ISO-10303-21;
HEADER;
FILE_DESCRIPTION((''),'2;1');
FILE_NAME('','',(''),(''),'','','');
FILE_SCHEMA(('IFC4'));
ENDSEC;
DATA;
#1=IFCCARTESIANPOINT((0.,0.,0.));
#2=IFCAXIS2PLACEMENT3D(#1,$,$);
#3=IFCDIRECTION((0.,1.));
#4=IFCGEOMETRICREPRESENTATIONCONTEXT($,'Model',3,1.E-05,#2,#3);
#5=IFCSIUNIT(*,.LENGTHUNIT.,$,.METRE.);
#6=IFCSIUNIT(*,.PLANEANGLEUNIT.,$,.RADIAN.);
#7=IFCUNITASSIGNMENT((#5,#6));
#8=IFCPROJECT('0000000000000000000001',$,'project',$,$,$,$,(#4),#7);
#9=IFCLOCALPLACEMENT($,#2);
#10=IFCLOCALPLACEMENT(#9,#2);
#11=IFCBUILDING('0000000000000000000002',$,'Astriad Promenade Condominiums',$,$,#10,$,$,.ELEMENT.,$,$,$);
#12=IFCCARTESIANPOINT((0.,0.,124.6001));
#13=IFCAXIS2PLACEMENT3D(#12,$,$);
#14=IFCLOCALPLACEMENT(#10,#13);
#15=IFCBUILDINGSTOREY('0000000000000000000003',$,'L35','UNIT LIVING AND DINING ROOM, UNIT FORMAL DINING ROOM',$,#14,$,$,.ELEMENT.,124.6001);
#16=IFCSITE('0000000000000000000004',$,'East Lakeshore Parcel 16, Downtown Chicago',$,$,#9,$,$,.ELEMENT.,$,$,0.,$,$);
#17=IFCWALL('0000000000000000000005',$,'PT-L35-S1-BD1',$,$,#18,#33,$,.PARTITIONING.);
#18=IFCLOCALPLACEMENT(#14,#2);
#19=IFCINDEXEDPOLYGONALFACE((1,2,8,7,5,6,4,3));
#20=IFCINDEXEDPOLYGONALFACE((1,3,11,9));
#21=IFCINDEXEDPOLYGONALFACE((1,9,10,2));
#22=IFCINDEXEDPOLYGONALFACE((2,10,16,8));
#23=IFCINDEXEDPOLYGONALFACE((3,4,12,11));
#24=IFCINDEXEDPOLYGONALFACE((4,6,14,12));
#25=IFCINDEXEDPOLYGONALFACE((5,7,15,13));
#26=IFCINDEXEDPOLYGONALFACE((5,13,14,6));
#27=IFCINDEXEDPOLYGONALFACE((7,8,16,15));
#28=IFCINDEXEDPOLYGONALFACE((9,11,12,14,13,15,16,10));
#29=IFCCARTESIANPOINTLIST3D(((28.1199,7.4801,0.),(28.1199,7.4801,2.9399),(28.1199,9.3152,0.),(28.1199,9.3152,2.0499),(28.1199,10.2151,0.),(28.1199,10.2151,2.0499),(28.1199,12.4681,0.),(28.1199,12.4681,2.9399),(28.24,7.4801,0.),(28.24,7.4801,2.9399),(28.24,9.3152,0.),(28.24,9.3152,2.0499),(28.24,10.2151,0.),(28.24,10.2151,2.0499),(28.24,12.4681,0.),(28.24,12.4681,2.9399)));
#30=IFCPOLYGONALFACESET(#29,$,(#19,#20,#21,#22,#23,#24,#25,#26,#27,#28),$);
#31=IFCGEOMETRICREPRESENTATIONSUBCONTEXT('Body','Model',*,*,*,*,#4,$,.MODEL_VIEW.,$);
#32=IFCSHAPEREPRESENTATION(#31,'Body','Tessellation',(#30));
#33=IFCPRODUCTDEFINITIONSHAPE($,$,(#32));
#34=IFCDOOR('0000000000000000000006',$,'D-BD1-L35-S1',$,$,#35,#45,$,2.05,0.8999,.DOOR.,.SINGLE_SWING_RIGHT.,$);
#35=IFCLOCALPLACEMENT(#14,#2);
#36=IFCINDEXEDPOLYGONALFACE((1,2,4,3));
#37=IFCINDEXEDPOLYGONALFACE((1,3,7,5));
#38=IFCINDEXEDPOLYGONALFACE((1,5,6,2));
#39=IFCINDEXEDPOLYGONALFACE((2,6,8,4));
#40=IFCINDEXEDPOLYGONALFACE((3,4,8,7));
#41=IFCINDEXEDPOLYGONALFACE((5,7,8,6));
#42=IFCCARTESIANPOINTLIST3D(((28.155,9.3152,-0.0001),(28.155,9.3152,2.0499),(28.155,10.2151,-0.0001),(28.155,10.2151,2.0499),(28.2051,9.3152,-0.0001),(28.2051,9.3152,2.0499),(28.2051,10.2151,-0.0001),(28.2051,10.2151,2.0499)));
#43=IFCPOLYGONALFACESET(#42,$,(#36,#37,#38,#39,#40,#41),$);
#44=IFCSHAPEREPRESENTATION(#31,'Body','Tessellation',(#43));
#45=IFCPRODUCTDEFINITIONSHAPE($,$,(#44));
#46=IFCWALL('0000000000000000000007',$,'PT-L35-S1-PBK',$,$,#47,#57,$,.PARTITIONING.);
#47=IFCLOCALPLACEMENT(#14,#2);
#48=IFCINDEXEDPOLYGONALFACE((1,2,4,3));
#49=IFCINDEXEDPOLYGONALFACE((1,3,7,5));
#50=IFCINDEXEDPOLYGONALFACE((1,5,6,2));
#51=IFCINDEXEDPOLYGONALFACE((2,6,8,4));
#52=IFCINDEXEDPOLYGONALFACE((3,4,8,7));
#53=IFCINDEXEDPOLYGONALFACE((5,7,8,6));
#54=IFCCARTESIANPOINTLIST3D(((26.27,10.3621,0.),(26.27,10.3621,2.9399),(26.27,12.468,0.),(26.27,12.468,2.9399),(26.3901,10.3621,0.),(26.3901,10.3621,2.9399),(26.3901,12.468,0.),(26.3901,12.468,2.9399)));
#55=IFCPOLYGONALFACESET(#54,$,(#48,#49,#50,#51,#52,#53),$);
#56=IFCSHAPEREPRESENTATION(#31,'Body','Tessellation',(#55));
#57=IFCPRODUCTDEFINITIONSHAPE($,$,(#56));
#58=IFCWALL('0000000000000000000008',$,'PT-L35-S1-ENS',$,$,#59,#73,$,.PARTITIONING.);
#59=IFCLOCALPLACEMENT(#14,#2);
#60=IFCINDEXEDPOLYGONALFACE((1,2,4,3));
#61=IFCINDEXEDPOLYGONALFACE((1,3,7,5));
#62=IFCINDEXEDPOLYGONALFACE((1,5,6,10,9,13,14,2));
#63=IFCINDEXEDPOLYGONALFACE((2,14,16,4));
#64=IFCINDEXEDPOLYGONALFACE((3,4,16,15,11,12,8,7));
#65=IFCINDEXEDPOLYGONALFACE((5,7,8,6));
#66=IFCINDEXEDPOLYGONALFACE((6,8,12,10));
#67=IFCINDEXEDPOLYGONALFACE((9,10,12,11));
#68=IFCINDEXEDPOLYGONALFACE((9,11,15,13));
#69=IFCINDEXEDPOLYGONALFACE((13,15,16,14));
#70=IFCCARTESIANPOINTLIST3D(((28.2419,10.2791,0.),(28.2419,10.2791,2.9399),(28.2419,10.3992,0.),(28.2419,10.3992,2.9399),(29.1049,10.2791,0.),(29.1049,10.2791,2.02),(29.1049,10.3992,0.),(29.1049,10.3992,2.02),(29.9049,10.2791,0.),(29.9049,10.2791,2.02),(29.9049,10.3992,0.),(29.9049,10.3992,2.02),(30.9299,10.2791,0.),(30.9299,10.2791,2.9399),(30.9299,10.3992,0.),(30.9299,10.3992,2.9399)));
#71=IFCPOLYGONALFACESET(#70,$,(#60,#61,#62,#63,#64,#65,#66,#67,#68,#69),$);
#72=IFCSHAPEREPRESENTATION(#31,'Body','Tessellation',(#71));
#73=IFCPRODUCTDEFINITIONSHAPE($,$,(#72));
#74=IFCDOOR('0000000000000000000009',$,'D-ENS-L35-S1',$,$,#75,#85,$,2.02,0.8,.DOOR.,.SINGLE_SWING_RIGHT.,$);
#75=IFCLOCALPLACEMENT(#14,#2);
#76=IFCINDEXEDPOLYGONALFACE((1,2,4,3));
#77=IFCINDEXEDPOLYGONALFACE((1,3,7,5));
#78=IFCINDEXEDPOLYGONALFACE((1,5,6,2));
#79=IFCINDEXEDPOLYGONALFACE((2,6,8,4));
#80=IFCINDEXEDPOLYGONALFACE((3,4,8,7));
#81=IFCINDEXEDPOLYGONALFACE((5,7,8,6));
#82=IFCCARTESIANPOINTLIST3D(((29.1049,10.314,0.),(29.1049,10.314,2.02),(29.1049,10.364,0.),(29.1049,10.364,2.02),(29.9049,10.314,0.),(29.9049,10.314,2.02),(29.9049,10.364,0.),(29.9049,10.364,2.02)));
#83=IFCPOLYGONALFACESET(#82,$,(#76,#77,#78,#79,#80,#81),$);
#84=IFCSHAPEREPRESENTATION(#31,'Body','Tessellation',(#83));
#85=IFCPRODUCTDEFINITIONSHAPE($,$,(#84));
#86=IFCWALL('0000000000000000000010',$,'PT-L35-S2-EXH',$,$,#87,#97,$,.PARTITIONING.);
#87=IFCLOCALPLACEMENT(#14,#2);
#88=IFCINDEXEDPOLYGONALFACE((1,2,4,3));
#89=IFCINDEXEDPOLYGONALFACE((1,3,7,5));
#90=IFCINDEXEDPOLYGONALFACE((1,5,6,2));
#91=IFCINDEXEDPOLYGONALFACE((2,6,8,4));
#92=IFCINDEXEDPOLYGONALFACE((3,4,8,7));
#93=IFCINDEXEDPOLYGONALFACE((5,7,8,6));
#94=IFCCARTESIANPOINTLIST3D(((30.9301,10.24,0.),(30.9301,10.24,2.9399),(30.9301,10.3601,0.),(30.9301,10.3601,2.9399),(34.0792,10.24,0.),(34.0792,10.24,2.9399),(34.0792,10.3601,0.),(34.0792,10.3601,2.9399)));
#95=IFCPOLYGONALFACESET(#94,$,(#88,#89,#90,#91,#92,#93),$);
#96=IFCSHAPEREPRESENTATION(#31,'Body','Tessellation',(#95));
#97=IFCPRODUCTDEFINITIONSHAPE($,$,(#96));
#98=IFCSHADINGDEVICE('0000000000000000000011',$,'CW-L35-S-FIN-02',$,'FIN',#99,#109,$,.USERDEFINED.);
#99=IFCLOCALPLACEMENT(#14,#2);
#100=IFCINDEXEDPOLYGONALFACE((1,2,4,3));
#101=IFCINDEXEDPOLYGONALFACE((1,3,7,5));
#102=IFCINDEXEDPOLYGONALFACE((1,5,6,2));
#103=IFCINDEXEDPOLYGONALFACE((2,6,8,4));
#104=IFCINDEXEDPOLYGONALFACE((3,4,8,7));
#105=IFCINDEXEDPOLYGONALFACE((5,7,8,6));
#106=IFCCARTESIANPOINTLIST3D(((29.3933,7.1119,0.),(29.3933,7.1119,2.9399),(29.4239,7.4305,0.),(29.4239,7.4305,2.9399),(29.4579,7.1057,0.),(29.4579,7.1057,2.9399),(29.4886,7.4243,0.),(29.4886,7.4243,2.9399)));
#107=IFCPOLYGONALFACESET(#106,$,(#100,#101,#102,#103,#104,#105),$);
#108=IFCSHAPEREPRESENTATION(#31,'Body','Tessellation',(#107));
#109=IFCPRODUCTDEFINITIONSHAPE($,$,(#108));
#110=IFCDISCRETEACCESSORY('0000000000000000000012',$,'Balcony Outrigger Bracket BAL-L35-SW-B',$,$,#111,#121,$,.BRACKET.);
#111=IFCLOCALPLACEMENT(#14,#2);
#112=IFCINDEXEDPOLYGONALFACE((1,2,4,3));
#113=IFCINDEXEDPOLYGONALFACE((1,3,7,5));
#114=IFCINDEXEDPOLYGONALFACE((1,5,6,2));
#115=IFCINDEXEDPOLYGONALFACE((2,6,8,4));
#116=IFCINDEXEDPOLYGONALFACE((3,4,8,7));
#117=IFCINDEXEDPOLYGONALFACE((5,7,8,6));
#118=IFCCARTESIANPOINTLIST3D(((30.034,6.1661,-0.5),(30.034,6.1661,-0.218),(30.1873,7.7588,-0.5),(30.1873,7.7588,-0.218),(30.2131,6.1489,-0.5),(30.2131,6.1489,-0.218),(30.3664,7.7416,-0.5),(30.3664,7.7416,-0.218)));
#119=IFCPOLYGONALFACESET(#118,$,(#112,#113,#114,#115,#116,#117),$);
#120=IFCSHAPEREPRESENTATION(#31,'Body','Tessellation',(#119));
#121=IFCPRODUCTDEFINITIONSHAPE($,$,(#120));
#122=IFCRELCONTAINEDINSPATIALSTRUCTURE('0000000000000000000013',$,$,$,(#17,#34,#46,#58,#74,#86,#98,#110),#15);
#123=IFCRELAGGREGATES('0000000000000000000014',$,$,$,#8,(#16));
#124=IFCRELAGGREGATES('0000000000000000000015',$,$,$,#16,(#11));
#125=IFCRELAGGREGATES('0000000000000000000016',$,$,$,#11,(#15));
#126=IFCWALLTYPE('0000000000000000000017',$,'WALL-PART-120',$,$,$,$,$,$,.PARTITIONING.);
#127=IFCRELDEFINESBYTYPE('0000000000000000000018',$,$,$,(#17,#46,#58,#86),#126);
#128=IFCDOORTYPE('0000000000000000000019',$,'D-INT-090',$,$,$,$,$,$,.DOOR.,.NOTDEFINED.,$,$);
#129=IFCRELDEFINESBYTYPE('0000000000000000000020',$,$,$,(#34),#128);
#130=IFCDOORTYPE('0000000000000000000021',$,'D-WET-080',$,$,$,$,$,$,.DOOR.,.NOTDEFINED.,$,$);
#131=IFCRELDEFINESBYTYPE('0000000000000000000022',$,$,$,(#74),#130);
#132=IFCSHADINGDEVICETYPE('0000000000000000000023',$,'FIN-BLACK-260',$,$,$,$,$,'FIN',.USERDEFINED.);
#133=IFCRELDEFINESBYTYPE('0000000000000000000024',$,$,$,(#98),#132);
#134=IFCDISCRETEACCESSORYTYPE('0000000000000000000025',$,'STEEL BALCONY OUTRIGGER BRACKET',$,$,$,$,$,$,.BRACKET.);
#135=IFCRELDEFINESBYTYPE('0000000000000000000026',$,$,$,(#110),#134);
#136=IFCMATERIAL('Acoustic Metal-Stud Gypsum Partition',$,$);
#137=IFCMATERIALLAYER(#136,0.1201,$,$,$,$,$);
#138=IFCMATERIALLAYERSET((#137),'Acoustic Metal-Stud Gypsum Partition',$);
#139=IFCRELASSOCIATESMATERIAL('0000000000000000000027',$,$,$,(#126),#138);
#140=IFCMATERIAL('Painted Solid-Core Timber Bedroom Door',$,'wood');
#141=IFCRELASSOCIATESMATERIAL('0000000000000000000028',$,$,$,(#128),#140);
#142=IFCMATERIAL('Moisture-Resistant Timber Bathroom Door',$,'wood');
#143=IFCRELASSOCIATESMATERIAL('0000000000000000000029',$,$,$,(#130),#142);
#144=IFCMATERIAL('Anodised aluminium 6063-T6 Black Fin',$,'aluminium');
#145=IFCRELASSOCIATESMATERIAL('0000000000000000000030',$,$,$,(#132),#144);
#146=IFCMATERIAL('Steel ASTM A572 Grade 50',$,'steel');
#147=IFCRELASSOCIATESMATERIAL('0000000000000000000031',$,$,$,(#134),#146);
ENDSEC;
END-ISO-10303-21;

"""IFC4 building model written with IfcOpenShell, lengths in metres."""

from ifc_helpers import new_model, si_unit, direction, frame, frame_2d, origin, origin_2d, place, context, subcontext, project, spatial, rectangle, extrude, source, transform, mapped, material, layer, layer_set, type_object, type_shapes, element, fill, save


model = new_model("IFC4")

# Units and contexts
model_context = context("Model", 3, precision=1e-05, world=origin(), true_north=direction((0.0, 1.0)))
body_context = subcontext(model_context, "Body", "Model", "MODEL_VIEW")
ifc_project = project(units=[si_unit("LENGTHUNIT", "METRE"), si_unit("PLANEANGLEUNIT", "RADIAN")], contexts=[model_context])

# Site, building, storey
site_placement = place(None, origin())
site = spatial("IfcSite", under=ifc_project, at=site_placement, Name="East Lakeshore Parcel 16, Downtown Chicago", CompositionType="ELEMENT", RefElevation=0.0)
building_placement = place(site_placement, origin())
building = spatial("IfcBuilding", under=site, at=building_placement, Name="Astriad Promenade Condominiums", CompositionType="ELEMENT")
storey_placement = place(building_placement, frame((0.0, 0.0, 124.6001)))
storey = spatial("IfcBuildingStorey", under=building, at=storey_placement, Name="L35", Description="UNIT LIVING AND DINING ROOM, UNIT FORMAL DINING ROOM", CompositionType="ELEMENT", Elevation=124.6001)

# Wall, opening, door
ifc_material_1 = material(Name="Acoustic Metal-Stud Gypsum Partition")
ifc_layer_1 = layer(ifc_material_1, 0.1201)
ifc_layer_set_1 = layer_set([ifc_layer_1], Name="Acoustic Metal-Stud Gypsum Partition")
wall_type_1 = type_object("IfcWallType", Name="WALL-PART-120", PredefinedType="PARTITIONING", material=ifc_layer_set_1)
wall_1_placement = place(storey_placement, frame((28.1799, 7.48, 0.0), z_axis=(0.0, 0.0, 1.0), x_axis=(0.0, 1.0, 0.0)))
wall_1 = element("IfcWall", 1, at=wall_1_placement, inside=storey, type_object=wall_type_1, Name="PT-L35-S1-BD1", PredefinedType="PARTITIONING", context=body_context, shape_type="SweptSolid", body=[
    extrude(rectangle(XDim=4.988, YDim=0.1201, at=frame_2d((2.4941, 0.0))), origin(), (0.0, 0.0, 1.0), 2.9399),
])
opening_1_placement = place(wall_1_placement, frame((1.8352, 0.0, 0.0)))
opening_1 = element("IfcOpeningElement", 2, at=opening_1_placement, cuts=wall_1, PredefinedType="OPENING", context=body_context, shape_type="SweptSolid", body=[
    extrude(rectangle(XDim=0.8999, YDim=2.05, at=frame_2d((0.45, 1.0249))), frame((0.0, 0.0701, 0.0), z_axis=(0.0, -1.0, 0.0), x_axis=(1.0, 0.0, 0.0)), (0.0, 0.0, 1.0), 0.1401),
])
ifc_material_2 = material(Name="Painted Solid-Core Timber Bedroom Door", Category="wood")
door_type_1 = type_object("IfcDoorType", Name="D-INT-090", OperationType="NOTDEFINED", PredefinedType="DOOR", material=ifc_material_2)
shared_shape_1 = source(origin(), body_context, "Body", "SweptSolid", [
    extrude(rectangle(XDim=0.8999, YDim=2.05, at=frame_2d((0.45, 1.0249))), frame((0.0, 0.0249, 0.0), z_axis=(0.0, -1.0, 0.0), x_axis=(1.0, 0.0, 0.0)), (0.0, 0.0, 1.0), 0.05),
])
type_shapes(door_type_1, [shared_shape_1])
door_1_placement = place(opening_1_placement, origin())
door_1 = element("IfcDoor", 3, at=door_1_placement, inside=storey, type_object=door_type_1, Name="D-BD1-L35-S1", OperationType="SINGLE_SWING_RIGHT", OverallHeight=2.05, OverallWidth=0.8999, PredefinedType="DOOR", context=body_context, shape_type="MappedRepresentation", body=[
    mapped(shared_shape_1, transform((0.0, 0.0, 0.0), scale=1.0)),
])
fill(opening_1, door_1)

# Wall
wall_2_placement = place(storey_placement, frame((26.3301, 10.3621, 0.0), z_axis=(0.0, 0.0, 1.0), x_axis=(0.0, 1.0, 0.0)))
element("IfcWall", 4, at=wall_2_placement, inside=storey, type_object=wall_type_1, Name="PT-L35-S1-PBK", PredefinedType="PARTITIONING", context=body_context, shape_type="SweptSolid", body=[
    extrude(rectangle(XDim=2.106, YDim=0.1201, at=frame_2d((1.053, 0.0))), origin(), (0.0, 0.0, 1.0), 2.9399),
])

# Wall, opening, door
wall_3_placement = place(storey_placement, frame((28.2419, 10.3391, 0.0), z_axis=(0.0, 0.0, 1.0), x_axis=(1.0, 0.0, 0.0)))
wall_3 = element("IfcWall", 5, at=wall_3_placement, inside=storey, type_object=wall_type_1, Name="PT-L35-S1-ENS", PredefinedType="PARTITIONING", context=body_context, shape_type="SweptSolid", body=[
    extrude(rectangle(XDim=2.688, YDim=0.1201, at=frame_2d((1.344, 0.0))), origin(), (0.0, 0.0, 1.0), 2.9399),
])
opening_2_placement = place(wall_3_placement, frame((0.863, 0.0, 0.0)))
opening_2 = element("IfcOpeningElement", 6, at=opening_2_placement, cuts=wall_3, PredefinedType="OPENING", context=body_context, shape_type="SweptSolid", body=[
    extrude(rectangle(XDim=0.8, YDim=2.02, at=frame_2d((0.3999, 1.01))), frame((0.0, 0.0701, 0.0), z_axis=(0.0, -1.0, 0.0), x_axis=(1.0, 0.0, 0.0)), (0.0, 0.0, 1.0), 0.1401),
])
ifc_material_3 = material(Name="Moisture-Resistant Timber Bathroom Door", Category="wood")
door_type_2 = type_object("IfcDoorType", Name="D-WET-080", OperationType="NOTDEFINED", PredefinedType="DOOR", material=ifc_material_3)
shared_shape_2 = source(origin(), body_context, "Body", "SweptSolid", [
    extrude(rectangle(XDim=0.8, YDim=2.02, at=frame_2d((0.3999, 1.01))), frame((0.0, 0.0249, 0.0), z_axis=(0.0, -1.0, 0.0), x_axis=(1.0, 0.0, 0.0)), (0.0, 0.0, 1.0), 0.05),
])
type_shapes(door_type_2, [shared_shape_2])
door_2_placement = place(opening_2_placement, origin())
door_2 = element("IfcDoor", 7, at=door_2_placement, inside=storey, type_object=door_type_2, Name="D-ENS-L35-S1", OperationType="SINGLE_SWING_RIGHT", OverallHeight=2.02, OverallWidth=0.8, PredefinedType="DOOR", context=body_context, shape_type="MappedRepresentation", body=[
    mapped(shared_shape_2, transform((0.0, 0.0, 0.0), scale=1.0)),
])
fill(opening_2, door_2)

# Wall
wall_4_placement = place(storey_placement, frame((30.9299, 10.3, 0.0), z_axis=(0.0, 0.0, 1.0), x_axis=(1.0, 0.0, 0.0)))
element("IfcWall", 8, at=wall_4_placement, inside=storey, type_object=wall_type_1, Name="PT-L35-S2-EXH", PredefinedType="PARTITIONING", context=body_context, shape_type="SweptSolid", body=[
    extrude(rectangle(XDim=3.1492, YDim=0.1201, at=frame_2d((1.5747, 0.0))), origin(), (0.0, 0.0, 1.0), 2.9399),
])

# Shading device
ifc_material_4 = material(Name="Anodised aluminium 6063-T6 Black Fin", Category="aluminium")
shading_device_type = type_object("IfcShadingDeviceType", Name="FIN-BLACK-260", ElementType="FIN", PredefinedType="USERDEFINED", material=ifc_material_4)
shared_shape_3 = source(origin(), body_context, "Body", "SweptSolid", [
    extrude(rectangle(XDim=0.0649, YDim=0.3201, at=origin_2d()), origin(), (0.0, 0.0, 1.0), 2.9399),
])
type_shapes(shading_device_type, [shared_shape_3])
shading_device_placement = place(storey_placement, frame((29.4409, 7.2681, 0.0), z_axis=(0.0, 0.0, 1.0), x_axis=(-0.995396, 0.095846, 0.0)))
element("IfcShadingDevice", 9, at=shading_device_placement, inside=storey, type_object=shading_device_type, Name="CW-L35-S-FIN-02", ObjectType="FIN", PredefinedType="USERDEFINED", context=body_context, shape_type="MappedRepresentation", body=[
    mapped(shared_shape_3, transform((0.0, 0.0, 0.0), scale=1.0)),
])

# Discrete accessory
ifc_material_5 = material(Name="Steel ASTM A572 Grade 50", Category="steel")
discrete_accessory_type = type_object("IfcDiscreteAccessoryType", Name="STEEL BALCONY OUTRIGGER BRACKET", PredefinedType="BRACKET", material=ifc_material_5)
shared_shape_4 = source(origin(), body_context, "Body", "SweptSolid", [
    extrude(rectangle(XDim=1.6001, YDim=0.1799, at=origin_2d()), origin(), (0.0, 0.0, 1.0), 0.282),
])
type_shapes(discrete_accessory_type, [shared_shape_4])
discrete_accessory_placement = place(storey_placement, frame((30.2002, 6.9539, -0.5), z_axis=(0.0, 0.0, 1.0), x_axis=(-0.095846, -0.995396, 0.0)))
element("IfcDiscreteAccessory", 10, at=discrete_accessory_placement, inside=storey, type_object=discrete_accessory_type, Name="Balcony Outrigger Bracket BAL-L35-SW-B", PredefinedType="BRACKET", context=body_context, shape_type="MappedRepresentation", body=[
    mapped(shared_shape_4, transform((0.0, 0.0, 0.0), scale=1.0)),
])

save(model, "model.ifc")
